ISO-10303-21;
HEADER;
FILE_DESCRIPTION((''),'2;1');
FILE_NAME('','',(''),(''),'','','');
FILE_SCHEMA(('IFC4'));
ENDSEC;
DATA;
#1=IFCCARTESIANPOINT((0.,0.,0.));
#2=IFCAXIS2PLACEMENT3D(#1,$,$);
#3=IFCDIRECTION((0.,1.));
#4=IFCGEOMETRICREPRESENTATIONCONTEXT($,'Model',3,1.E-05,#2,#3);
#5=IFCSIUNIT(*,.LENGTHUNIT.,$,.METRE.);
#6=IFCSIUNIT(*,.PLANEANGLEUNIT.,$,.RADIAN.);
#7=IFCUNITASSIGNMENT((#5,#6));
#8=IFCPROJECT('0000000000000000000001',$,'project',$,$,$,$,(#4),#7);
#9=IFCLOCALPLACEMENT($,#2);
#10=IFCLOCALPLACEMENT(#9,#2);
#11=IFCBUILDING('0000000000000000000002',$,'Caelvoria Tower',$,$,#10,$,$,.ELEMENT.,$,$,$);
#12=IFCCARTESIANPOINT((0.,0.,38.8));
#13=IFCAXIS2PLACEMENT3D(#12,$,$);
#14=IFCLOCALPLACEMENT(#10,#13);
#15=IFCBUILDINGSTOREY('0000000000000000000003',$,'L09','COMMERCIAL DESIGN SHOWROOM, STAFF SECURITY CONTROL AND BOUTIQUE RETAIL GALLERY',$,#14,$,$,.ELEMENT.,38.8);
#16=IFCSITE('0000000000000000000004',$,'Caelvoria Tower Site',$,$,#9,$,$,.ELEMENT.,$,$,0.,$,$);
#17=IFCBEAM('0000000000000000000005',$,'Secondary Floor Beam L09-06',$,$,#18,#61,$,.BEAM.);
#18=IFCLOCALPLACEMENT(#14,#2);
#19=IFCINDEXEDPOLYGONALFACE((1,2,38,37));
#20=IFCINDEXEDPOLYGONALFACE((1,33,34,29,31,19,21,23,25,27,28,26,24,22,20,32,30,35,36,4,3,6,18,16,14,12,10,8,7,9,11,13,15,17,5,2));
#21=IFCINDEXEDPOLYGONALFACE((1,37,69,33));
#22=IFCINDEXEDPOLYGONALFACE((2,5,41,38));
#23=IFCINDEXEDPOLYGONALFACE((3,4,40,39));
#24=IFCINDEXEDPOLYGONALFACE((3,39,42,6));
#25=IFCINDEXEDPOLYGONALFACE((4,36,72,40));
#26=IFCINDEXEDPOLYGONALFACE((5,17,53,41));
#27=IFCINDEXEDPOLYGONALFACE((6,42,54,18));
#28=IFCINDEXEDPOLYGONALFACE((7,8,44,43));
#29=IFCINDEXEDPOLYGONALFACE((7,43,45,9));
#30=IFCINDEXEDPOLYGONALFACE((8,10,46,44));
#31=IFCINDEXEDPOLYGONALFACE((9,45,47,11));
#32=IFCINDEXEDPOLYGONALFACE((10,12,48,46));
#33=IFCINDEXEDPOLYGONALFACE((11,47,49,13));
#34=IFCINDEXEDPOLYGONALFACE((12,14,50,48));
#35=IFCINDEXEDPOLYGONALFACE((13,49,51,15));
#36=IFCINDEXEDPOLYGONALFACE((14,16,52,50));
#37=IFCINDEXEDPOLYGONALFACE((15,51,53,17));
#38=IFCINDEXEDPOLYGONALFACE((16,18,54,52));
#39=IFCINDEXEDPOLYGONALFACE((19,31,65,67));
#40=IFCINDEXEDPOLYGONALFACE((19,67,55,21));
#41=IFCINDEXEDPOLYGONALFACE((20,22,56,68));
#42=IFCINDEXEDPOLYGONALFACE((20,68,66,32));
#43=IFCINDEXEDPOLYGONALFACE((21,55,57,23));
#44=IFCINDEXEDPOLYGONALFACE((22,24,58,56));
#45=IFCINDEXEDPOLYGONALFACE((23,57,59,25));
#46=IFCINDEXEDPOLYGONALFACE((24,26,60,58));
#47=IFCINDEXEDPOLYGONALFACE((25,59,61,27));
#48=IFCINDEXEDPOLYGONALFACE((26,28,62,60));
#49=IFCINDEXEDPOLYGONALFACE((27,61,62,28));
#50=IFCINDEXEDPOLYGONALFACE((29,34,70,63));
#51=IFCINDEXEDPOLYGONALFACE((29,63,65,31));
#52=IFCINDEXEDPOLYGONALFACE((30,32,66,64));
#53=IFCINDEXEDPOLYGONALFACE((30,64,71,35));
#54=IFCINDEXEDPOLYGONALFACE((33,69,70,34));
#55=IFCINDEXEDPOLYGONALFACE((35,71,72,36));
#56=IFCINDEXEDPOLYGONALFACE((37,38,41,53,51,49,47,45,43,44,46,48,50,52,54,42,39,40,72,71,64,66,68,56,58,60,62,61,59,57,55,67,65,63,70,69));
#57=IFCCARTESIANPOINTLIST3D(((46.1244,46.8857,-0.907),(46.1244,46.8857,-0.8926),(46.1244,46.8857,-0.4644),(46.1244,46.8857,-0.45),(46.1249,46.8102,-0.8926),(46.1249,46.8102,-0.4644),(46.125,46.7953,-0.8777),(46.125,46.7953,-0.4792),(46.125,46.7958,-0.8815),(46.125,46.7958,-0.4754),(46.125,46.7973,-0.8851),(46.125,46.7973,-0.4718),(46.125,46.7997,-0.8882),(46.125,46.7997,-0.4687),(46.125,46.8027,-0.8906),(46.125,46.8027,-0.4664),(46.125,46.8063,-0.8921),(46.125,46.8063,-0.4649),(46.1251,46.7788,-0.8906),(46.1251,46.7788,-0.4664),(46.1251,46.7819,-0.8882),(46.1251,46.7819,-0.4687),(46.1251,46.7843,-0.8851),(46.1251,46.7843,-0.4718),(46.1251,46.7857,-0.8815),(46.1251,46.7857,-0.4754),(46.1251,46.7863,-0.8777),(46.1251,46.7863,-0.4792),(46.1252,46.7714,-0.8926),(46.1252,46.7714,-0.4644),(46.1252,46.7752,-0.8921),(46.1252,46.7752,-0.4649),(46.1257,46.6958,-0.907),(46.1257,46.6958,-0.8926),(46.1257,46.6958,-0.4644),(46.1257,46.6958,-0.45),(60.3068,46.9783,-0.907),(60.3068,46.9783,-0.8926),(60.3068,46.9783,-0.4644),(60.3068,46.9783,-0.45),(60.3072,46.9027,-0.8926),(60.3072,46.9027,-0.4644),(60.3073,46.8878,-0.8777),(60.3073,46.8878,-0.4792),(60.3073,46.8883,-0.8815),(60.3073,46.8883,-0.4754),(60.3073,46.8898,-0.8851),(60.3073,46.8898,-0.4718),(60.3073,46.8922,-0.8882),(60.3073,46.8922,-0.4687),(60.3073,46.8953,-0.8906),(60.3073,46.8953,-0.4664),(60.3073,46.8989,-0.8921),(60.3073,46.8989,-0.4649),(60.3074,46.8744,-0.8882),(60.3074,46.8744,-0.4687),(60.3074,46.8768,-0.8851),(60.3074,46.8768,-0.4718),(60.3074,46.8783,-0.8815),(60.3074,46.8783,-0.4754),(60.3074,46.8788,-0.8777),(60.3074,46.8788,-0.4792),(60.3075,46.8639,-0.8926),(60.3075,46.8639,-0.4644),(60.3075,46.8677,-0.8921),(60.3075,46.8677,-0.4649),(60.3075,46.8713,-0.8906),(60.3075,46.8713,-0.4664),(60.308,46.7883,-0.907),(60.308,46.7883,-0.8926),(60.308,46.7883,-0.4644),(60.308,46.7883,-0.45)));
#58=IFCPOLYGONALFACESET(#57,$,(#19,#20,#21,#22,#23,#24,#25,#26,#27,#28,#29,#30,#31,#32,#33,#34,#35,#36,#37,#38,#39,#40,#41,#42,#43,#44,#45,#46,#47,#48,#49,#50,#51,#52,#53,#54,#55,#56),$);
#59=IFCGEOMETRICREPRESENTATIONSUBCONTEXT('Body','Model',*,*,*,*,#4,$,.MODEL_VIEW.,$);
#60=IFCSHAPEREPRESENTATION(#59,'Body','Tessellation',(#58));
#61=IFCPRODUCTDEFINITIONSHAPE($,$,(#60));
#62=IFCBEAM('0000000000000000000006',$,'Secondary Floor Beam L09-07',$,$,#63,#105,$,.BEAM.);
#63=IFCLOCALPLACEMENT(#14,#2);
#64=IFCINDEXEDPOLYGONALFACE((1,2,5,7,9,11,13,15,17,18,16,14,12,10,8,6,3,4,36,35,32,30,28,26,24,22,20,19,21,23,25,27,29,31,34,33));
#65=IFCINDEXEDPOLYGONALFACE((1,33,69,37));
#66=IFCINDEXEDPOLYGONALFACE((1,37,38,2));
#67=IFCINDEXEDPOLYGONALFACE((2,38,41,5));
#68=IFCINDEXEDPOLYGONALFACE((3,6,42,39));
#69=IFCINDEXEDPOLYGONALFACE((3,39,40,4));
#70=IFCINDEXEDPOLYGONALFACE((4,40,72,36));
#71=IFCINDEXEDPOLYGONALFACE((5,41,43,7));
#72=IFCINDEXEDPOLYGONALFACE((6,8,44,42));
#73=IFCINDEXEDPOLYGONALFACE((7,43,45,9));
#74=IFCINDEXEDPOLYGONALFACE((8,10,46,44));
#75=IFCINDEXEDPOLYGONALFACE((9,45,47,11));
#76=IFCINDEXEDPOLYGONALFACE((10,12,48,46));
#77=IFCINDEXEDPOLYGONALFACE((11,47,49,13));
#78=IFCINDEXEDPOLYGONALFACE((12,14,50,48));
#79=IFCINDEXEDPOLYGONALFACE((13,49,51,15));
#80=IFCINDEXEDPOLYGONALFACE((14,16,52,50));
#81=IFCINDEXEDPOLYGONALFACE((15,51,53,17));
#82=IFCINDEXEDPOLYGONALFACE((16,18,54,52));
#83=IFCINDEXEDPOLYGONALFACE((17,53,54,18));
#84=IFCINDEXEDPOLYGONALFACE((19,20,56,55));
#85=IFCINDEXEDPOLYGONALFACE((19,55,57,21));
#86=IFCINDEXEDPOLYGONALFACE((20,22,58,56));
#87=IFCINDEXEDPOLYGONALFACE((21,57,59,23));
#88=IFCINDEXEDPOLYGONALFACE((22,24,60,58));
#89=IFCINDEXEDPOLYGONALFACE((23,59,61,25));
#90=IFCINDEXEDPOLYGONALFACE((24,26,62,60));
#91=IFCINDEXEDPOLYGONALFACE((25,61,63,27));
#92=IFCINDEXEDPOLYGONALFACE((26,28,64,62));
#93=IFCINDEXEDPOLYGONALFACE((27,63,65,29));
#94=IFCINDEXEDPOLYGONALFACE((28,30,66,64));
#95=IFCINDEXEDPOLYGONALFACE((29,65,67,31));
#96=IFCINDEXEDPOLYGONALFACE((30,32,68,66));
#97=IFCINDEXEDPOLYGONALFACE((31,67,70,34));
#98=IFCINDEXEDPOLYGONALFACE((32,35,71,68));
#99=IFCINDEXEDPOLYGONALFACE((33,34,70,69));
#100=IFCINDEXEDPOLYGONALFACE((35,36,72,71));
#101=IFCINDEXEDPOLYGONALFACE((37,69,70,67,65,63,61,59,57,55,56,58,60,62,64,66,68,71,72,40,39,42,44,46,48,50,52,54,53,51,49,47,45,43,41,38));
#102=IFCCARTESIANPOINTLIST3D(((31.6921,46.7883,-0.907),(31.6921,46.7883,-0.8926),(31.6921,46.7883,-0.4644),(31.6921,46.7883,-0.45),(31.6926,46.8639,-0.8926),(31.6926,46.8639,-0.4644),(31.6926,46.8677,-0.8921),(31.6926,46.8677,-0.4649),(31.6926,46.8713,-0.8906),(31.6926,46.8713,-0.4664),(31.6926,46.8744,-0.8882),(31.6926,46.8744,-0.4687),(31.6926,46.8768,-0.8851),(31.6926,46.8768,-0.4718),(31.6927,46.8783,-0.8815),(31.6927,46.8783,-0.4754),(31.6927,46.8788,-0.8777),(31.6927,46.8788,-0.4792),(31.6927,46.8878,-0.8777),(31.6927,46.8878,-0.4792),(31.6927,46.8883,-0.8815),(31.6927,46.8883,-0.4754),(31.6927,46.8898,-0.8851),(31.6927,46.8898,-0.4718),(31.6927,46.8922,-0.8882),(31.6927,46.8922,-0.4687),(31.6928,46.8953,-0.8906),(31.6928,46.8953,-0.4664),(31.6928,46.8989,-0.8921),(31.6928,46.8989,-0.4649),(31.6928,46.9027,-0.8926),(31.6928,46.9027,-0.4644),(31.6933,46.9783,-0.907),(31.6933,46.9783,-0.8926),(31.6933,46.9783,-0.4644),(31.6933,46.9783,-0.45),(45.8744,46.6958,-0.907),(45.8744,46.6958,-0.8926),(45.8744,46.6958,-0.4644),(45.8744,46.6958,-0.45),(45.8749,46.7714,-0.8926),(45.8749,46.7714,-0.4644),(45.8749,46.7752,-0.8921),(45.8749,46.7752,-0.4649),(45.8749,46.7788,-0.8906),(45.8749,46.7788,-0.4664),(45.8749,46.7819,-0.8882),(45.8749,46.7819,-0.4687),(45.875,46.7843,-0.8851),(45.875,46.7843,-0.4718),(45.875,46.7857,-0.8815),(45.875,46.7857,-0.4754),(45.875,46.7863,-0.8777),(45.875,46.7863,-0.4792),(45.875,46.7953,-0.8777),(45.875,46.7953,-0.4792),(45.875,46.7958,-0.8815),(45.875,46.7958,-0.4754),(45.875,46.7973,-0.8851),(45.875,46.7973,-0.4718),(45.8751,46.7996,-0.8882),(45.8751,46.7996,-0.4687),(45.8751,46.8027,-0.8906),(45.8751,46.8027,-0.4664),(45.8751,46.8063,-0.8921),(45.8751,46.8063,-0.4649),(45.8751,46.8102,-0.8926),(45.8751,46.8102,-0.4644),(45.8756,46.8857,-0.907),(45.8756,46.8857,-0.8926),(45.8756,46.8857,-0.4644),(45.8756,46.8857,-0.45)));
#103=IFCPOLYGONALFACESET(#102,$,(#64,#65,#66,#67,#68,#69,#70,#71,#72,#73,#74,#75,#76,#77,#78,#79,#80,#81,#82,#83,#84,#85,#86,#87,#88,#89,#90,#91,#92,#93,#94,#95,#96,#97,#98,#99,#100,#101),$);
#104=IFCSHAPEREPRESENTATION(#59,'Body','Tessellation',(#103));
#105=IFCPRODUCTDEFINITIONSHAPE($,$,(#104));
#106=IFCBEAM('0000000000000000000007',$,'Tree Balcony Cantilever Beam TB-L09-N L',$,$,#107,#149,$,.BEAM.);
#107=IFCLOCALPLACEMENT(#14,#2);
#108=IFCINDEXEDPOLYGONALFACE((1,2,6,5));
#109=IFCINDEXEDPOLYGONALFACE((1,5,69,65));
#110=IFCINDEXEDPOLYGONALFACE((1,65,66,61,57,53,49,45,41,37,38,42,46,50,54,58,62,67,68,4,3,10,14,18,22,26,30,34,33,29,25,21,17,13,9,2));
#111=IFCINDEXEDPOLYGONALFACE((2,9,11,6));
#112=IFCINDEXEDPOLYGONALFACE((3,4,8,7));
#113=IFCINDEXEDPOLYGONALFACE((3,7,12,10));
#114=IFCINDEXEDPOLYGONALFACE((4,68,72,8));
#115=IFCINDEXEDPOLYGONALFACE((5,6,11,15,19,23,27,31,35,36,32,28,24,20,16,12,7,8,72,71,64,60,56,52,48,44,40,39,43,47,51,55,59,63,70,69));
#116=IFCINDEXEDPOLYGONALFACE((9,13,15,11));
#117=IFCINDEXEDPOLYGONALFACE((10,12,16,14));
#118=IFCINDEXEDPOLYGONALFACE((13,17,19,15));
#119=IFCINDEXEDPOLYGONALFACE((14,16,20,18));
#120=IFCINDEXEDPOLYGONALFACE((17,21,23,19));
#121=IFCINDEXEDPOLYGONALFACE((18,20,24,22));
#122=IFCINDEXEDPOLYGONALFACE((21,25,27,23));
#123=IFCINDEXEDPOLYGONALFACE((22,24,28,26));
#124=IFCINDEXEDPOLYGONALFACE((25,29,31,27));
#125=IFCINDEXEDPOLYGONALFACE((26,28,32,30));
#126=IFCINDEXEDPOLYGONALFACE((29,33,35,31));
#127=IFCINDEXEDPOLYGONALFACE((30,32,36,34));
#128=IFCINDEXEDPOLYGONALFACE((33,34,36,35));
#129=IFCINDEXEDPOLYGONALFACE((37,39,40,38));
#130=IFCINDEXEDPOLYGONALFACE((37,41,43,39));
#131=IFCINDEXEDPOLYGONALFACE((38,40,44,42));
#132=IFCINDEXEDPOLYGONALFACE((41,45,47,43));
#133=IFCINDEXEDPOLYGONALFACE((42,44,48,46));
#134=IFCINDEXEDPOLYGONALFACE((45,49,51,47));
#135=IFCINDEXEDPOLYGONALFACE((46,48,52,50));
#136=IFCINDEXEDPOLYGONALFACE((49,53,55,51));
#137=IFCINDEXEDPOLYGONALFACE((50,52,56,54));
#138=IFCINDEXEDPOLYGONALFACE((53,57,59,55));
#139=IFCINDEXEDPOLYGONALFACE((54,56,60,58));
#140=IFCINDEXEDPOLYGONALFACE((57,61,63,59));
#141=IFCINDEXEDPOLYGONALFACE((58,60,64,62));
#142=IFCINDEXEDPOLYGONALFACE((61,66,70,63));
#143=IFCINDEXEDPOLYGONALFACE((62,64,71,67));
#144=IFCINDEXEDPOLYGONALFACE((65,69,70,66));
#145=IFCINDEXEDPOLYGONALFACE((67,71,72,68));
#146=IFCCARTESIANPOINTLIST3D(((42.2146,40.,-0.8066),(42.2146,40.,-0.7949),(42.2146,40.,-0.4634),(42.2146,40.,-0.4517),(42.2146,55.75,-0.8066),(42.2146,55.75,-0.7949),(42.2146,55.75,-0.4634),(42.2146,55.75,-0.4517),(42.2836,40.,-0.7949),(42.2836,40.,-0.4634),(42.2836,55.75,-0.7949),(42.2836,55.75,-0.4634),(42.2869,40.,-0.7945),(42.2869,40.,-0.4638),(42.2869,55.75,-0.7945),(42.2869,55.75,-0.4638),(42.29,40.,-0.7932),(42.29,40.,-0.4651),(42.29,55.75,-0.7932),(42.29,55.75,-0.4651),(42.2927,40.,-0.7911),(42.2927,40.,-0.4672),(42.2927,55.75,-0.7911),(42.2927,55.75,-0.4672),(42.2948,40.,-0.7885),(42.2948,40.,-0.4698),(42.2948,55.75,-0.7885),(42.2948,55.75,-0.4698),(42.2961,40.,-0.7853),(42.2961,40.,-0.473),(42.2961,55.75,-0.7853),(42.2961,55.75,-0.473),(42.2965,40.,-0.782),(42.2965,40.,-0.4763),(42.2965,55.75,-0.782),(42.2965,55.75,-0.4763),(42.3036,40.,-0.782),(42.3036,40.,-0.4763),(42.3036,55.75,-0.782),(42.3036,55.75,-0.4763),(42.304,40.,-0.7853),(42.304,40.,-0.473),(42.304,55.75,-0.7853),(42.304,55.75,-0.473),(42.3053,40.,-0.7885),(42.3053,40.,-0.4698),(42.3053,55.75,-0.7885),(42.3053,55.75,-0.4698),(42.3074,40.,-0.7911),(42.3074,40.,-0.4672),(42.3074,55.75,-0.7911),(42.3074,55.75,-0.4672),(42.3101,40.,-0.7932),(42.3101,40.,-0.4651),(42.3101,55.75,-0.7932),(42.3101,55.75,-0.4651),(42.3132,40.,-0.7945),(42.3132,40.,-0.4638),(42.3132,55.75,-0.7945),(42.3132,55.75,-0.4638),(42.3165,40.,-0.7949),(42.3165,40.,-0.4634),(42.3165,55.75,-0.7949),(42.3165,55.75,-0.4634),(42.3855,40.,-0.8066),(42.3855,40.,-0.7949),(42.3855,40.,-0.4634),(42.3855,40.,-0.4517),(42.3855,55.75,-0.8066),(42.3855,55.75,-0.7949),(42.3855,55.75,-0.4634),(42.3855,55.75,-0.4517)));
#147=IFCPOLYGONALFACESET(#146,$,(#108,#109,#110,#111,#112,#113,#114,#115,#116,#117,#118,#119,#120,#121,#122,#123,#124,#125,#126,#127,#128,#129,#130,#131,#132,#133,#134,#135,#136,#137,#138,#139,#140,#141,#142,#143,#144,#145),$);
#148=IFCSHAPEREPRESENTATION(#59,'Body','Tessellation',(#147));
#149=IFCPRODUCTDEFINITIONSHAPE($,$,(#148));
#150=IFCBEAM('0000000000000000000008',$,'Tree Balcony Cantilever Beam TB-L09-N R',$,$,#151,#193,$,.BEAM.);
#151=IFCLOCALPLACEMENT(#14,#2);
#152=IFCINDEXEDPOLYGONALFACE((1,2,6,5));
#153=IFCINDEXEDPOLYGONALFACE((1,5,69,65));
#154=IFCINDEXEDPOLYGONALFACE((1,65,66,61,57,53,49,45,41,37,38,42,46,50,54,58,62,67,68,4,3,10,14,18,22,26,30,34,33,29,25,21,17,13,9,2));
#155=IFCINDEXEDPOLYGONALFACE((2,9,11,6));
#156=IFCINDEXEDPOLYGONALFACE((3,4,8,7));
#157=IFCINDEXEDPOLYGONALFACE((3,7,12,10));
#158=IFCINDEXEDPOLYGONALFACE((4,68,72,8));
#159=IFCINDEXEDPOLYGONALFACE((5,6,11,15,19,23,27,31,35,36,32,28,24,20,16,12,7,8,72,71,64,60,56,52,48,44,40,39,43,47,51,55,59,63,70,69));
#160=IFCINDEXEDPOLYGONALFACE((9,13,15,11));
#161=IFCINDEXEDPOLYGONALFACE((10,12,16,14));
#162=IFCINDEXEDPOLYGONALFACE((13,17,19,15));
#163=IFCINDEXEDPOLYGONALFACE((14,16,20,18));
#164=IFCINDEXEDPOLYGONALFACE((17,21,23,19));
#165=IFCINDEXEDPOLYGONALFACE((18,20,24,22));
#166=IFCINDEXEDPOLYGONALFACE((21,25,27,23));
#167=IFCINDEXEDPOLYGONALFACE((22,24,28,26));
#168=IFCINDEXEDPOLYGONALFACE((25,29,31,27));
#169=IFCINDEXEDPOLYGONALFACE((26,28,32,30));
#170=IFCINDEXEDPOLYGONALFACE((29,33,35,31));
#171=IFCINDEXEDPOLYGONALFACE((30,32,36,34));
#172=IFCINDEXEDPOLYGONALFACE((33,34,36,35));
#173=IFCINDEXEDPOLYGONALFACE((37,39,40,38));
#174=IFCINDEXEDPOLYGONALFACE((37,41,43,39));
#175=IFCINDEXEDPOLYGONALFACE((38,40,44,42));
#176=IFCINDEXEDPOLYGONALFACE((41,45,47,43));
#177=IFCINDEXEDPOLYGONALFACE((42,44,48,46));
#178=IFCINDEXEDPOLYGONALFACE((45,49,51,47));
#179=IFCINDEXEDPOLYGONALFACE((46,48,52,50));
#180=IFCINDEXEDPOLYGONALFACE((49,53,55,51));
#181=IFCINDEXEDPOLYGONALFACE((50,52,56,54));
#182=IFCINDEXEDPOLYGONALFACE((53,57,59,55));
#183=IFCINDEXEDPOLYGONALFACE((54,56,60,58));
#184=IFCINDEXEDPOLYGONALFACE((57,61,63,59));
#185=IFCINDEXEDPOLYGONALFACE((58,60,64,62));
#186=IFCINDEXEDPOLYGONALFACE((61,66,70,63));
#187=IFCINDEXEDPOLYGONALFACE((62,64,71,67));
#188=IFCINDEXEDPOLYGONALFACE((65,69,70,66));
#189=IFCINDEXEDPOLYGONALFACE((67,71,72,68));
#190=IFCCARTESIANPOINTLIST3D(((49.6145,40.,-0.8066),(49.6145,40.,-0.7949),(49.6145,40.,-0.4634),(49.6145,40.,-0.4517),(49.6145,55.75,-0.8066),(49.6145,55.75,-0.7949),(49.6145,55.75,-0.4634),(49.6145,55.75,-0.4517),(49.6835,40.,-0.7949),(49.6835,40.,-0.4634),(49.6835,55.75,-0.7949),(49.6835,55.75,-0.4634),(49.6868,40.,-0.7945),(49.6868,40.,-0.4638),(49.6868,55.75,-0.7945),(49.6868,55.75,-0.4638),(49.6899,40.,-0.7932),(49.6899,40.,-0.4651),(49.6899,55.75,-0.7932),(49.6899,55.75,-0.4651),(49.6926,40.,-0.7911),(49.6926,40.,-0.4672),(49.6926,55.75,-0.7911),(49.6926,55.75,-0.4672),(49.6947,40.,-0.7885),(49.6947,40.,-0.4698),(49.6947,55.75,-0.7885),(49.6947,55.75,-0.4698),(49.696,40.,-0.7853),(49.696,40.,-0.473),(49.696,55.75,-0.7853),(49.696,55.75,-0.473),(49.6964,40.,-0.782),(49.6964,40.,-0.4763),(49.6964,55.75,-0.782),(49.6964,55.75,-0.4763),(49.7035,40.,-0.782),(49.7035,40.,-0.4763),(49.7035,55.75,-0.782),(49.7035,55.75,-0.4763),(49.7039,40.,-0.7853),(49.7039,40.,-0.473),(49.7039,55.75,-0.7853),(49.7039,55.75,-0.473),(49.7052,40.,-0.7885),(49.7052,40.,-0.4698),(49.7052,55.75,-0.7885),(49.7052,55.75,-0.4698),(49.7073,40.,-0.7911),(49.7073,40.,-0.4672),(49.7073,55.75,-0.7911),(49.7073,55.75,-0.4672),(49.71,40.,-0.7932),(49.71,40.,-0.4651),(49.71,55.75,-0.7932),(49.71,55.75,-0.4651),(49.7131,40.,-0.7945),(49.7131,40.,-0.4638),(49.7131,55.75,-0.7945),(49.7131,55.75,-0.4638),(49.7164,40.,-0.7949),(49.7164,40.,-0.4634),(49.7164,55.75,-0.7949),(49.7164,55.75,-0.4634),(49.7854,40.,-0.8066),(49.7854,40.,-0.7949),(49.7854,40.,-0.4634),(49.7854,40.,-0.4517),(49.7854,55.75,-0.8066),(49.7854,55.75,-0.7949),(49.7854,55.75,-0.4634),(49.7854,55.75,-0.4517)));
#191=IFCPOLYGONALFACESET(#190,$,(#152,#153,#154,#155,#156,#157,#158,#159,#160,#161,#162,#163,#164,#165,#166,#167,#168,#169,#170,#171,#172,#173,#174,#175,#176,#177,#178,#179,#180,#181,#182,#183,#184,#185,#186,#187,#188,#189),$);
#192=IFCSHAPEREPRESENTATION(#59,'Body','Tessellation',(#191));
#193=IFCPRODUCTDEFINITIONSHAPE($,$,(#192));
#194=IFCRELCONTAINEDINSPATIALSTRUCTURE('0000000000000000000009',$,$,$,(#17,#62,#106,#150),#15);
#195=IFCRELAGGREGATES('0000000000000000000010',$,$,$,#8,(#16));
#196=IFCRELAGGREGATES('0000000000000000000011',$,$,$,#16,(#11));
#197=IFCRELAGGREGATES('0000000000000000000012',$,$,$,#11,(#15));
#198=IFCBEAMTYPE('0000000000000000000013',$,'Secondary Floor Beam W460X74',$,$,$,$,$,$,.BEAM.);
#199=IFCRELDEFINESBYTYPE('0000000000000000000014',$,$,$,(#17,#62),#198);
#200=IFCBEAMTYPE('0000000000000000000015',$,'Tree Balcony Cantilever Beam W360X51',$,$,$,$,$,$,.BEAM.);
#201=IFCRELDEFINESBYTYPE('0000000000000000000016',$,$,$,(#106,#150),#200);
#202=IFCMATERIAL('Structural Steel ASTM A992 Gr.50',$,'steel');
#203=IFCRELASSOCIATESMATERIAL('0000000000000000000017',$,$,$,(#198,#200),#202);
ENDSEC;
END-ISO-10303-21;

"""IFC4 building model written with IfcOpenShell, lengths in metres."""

from ifc_helpers import new_model, si_unit, direction, frame, origin, origin_2d, place, context, subcontext, project, spatial, i_section, extrude, material, material_profile, profile_set, type_object, element, save


model = new_model("IFC4")

# Units and contexts
model_context = context("Model", 3, precision=1e-05, world=origin(), true_north=direction((0.0, 1.0)))
body_context = subcontext(model_context, "Body", "Model", "MODEL_VIEW")
ifc_project = project(units=[si_unit("LENGTHUNIT", "METRE"), si_unit("PLANEANGLEUNIT", "RADIAN")], contexts=[model_context])

# Site, building, storey
site_placement = place(None, origin())
site = spatial("IfcSite", under=ifc_project, at=site_placement, Name="Caelvoria Tower Site", CompositionType="ELEMENT", RefElevation=0.0)
building_placement = place(site_placement, origin())
building = spatial("IfcBuilding", under=site, at=building_placement, Name="Caelvoria Tower", CompositionType="ELEMENT")
storey_placement = place(building_placement, frame((0.0, 0.0, 38.8)))
storey = spatial("IfcBuildingStorey", under=building, at=storey_placement, Name="L09", Description="COMMERCIAL DESIGN SHOWROOM, STAFF SECURITY CONTROL AND BOUTIQUE RETAIL GALLERY", CompositionType="ELEMENT", Elevation=38.8)

# Beams
ifc_material_1 = material(Name="Structural Steel ASTM A992 Gr.50", Category="steel")
ifc_material_profile_1 = material_profile(ifc_material_1, i_section(OverallWidth=0.1899, OverallDepth=0.457, WebThickness=0.009, FlangeThickness=0.0144, FilletRadius=0.0149, at=origin_2d()), Name="Structural Steel ASTM A992 Gr.50")
ifc_profile_set_1 = profile_set([ifc_material_profile_1], Name="W460X74 - Structural Steel ASTM A992 Gr.50")
beam_type_1 = type_object("IfcBeamType", Name="Secondary Floor Beam W460X74", PredefinedType="BEAM", material=ifc_profile_set_1)
for number, where, z_axis, x_axis, name in (
    (1, (60.3074, 46.8833, -0.6785), (-0.999979, -0.006524, 0.0), (0.006524, -0.999979, 0.0), "Secondary Floor Beam L09-06"),
    (2, (45.875, 46.7908, -0.6785), (-0.999979, 0.006524, 0.0), (-0.006524, -0.999979, 0.0), "Secondary Floor Beam L09-07"),
):
    element("IfcBeam", number, at=place(storey_placement, frame(where, z_axis=z_axis, x_axis=x_axis)), inside=storey, type_object=beam_type_1, Name=name, PredefinedType="BEAM", context=body_context, shape_type="SweptSolid", body=[
        extrude(i_section(OverallWidth=0.1899, OverallDepth=0.457, WebThickness=0.009, FlangeThickness=0.0144, FilletRadius=0.0149, at=origin_2d()), origin(), (0.0, 0.0, 1.0), 14.1826),
    ])
ifc_material_profile_2 = material_profile(ifc_material_1, i_section(OverallWidth=0.1709, OverallDepth=0.355, WebThickness=0.0071, FlangeThickness=0.0117, FilletRadius=0.0129, at=origin_2d()), Name="Structural Steel ASTM A992 Gr.50")
ifc_profile_set_2 = profile_set([ifc_material_profile_2], Name="W360X51 - Structural Steel ASTM A992 Gr.50")
beam_type_2 = type_object("IfcBeamType", Name="Tree Balcony Cantilever Beam W360X51", PredefinedType="BEAM", material=ifc_profile_set_2)
for number, where, z_axis, x_axis, name in (
    (3, (42.3, 40.0, -0.6292), (0.0, 1.0, 0.0), (-1.0, 0.0, 0.0), "Tree Balcony Cantilever Beam TB-L09-N L"),
    (4, (49.7, 40.0, -0.6292), (0.0, 1.0, 0.0), (-1.0, 0.0, 0.0), "Tree Balcony Cantilever Beam TB-L09-N R"),
):
    element("IfcBeam", number, at=place(storey_placement, frame(where, z_axis=z_axis, x_axis=x_axis)), inside=storey, type_object=beam_type_2, Name=name, PredefinedType="BEAM", context=body_context, shape_type="SweptSolid", body=[
        extrude(i_section(OverallWidth=0.1709, OverallDepth=0.355, WebThickness=0.0071, FlangeThickness=0.0117, FilletRadius=0.0129, at=origin_2d()), origin(), (0.0, 0.0, 1.0), 15.75),
    ])

save(model, "model.ifc")
